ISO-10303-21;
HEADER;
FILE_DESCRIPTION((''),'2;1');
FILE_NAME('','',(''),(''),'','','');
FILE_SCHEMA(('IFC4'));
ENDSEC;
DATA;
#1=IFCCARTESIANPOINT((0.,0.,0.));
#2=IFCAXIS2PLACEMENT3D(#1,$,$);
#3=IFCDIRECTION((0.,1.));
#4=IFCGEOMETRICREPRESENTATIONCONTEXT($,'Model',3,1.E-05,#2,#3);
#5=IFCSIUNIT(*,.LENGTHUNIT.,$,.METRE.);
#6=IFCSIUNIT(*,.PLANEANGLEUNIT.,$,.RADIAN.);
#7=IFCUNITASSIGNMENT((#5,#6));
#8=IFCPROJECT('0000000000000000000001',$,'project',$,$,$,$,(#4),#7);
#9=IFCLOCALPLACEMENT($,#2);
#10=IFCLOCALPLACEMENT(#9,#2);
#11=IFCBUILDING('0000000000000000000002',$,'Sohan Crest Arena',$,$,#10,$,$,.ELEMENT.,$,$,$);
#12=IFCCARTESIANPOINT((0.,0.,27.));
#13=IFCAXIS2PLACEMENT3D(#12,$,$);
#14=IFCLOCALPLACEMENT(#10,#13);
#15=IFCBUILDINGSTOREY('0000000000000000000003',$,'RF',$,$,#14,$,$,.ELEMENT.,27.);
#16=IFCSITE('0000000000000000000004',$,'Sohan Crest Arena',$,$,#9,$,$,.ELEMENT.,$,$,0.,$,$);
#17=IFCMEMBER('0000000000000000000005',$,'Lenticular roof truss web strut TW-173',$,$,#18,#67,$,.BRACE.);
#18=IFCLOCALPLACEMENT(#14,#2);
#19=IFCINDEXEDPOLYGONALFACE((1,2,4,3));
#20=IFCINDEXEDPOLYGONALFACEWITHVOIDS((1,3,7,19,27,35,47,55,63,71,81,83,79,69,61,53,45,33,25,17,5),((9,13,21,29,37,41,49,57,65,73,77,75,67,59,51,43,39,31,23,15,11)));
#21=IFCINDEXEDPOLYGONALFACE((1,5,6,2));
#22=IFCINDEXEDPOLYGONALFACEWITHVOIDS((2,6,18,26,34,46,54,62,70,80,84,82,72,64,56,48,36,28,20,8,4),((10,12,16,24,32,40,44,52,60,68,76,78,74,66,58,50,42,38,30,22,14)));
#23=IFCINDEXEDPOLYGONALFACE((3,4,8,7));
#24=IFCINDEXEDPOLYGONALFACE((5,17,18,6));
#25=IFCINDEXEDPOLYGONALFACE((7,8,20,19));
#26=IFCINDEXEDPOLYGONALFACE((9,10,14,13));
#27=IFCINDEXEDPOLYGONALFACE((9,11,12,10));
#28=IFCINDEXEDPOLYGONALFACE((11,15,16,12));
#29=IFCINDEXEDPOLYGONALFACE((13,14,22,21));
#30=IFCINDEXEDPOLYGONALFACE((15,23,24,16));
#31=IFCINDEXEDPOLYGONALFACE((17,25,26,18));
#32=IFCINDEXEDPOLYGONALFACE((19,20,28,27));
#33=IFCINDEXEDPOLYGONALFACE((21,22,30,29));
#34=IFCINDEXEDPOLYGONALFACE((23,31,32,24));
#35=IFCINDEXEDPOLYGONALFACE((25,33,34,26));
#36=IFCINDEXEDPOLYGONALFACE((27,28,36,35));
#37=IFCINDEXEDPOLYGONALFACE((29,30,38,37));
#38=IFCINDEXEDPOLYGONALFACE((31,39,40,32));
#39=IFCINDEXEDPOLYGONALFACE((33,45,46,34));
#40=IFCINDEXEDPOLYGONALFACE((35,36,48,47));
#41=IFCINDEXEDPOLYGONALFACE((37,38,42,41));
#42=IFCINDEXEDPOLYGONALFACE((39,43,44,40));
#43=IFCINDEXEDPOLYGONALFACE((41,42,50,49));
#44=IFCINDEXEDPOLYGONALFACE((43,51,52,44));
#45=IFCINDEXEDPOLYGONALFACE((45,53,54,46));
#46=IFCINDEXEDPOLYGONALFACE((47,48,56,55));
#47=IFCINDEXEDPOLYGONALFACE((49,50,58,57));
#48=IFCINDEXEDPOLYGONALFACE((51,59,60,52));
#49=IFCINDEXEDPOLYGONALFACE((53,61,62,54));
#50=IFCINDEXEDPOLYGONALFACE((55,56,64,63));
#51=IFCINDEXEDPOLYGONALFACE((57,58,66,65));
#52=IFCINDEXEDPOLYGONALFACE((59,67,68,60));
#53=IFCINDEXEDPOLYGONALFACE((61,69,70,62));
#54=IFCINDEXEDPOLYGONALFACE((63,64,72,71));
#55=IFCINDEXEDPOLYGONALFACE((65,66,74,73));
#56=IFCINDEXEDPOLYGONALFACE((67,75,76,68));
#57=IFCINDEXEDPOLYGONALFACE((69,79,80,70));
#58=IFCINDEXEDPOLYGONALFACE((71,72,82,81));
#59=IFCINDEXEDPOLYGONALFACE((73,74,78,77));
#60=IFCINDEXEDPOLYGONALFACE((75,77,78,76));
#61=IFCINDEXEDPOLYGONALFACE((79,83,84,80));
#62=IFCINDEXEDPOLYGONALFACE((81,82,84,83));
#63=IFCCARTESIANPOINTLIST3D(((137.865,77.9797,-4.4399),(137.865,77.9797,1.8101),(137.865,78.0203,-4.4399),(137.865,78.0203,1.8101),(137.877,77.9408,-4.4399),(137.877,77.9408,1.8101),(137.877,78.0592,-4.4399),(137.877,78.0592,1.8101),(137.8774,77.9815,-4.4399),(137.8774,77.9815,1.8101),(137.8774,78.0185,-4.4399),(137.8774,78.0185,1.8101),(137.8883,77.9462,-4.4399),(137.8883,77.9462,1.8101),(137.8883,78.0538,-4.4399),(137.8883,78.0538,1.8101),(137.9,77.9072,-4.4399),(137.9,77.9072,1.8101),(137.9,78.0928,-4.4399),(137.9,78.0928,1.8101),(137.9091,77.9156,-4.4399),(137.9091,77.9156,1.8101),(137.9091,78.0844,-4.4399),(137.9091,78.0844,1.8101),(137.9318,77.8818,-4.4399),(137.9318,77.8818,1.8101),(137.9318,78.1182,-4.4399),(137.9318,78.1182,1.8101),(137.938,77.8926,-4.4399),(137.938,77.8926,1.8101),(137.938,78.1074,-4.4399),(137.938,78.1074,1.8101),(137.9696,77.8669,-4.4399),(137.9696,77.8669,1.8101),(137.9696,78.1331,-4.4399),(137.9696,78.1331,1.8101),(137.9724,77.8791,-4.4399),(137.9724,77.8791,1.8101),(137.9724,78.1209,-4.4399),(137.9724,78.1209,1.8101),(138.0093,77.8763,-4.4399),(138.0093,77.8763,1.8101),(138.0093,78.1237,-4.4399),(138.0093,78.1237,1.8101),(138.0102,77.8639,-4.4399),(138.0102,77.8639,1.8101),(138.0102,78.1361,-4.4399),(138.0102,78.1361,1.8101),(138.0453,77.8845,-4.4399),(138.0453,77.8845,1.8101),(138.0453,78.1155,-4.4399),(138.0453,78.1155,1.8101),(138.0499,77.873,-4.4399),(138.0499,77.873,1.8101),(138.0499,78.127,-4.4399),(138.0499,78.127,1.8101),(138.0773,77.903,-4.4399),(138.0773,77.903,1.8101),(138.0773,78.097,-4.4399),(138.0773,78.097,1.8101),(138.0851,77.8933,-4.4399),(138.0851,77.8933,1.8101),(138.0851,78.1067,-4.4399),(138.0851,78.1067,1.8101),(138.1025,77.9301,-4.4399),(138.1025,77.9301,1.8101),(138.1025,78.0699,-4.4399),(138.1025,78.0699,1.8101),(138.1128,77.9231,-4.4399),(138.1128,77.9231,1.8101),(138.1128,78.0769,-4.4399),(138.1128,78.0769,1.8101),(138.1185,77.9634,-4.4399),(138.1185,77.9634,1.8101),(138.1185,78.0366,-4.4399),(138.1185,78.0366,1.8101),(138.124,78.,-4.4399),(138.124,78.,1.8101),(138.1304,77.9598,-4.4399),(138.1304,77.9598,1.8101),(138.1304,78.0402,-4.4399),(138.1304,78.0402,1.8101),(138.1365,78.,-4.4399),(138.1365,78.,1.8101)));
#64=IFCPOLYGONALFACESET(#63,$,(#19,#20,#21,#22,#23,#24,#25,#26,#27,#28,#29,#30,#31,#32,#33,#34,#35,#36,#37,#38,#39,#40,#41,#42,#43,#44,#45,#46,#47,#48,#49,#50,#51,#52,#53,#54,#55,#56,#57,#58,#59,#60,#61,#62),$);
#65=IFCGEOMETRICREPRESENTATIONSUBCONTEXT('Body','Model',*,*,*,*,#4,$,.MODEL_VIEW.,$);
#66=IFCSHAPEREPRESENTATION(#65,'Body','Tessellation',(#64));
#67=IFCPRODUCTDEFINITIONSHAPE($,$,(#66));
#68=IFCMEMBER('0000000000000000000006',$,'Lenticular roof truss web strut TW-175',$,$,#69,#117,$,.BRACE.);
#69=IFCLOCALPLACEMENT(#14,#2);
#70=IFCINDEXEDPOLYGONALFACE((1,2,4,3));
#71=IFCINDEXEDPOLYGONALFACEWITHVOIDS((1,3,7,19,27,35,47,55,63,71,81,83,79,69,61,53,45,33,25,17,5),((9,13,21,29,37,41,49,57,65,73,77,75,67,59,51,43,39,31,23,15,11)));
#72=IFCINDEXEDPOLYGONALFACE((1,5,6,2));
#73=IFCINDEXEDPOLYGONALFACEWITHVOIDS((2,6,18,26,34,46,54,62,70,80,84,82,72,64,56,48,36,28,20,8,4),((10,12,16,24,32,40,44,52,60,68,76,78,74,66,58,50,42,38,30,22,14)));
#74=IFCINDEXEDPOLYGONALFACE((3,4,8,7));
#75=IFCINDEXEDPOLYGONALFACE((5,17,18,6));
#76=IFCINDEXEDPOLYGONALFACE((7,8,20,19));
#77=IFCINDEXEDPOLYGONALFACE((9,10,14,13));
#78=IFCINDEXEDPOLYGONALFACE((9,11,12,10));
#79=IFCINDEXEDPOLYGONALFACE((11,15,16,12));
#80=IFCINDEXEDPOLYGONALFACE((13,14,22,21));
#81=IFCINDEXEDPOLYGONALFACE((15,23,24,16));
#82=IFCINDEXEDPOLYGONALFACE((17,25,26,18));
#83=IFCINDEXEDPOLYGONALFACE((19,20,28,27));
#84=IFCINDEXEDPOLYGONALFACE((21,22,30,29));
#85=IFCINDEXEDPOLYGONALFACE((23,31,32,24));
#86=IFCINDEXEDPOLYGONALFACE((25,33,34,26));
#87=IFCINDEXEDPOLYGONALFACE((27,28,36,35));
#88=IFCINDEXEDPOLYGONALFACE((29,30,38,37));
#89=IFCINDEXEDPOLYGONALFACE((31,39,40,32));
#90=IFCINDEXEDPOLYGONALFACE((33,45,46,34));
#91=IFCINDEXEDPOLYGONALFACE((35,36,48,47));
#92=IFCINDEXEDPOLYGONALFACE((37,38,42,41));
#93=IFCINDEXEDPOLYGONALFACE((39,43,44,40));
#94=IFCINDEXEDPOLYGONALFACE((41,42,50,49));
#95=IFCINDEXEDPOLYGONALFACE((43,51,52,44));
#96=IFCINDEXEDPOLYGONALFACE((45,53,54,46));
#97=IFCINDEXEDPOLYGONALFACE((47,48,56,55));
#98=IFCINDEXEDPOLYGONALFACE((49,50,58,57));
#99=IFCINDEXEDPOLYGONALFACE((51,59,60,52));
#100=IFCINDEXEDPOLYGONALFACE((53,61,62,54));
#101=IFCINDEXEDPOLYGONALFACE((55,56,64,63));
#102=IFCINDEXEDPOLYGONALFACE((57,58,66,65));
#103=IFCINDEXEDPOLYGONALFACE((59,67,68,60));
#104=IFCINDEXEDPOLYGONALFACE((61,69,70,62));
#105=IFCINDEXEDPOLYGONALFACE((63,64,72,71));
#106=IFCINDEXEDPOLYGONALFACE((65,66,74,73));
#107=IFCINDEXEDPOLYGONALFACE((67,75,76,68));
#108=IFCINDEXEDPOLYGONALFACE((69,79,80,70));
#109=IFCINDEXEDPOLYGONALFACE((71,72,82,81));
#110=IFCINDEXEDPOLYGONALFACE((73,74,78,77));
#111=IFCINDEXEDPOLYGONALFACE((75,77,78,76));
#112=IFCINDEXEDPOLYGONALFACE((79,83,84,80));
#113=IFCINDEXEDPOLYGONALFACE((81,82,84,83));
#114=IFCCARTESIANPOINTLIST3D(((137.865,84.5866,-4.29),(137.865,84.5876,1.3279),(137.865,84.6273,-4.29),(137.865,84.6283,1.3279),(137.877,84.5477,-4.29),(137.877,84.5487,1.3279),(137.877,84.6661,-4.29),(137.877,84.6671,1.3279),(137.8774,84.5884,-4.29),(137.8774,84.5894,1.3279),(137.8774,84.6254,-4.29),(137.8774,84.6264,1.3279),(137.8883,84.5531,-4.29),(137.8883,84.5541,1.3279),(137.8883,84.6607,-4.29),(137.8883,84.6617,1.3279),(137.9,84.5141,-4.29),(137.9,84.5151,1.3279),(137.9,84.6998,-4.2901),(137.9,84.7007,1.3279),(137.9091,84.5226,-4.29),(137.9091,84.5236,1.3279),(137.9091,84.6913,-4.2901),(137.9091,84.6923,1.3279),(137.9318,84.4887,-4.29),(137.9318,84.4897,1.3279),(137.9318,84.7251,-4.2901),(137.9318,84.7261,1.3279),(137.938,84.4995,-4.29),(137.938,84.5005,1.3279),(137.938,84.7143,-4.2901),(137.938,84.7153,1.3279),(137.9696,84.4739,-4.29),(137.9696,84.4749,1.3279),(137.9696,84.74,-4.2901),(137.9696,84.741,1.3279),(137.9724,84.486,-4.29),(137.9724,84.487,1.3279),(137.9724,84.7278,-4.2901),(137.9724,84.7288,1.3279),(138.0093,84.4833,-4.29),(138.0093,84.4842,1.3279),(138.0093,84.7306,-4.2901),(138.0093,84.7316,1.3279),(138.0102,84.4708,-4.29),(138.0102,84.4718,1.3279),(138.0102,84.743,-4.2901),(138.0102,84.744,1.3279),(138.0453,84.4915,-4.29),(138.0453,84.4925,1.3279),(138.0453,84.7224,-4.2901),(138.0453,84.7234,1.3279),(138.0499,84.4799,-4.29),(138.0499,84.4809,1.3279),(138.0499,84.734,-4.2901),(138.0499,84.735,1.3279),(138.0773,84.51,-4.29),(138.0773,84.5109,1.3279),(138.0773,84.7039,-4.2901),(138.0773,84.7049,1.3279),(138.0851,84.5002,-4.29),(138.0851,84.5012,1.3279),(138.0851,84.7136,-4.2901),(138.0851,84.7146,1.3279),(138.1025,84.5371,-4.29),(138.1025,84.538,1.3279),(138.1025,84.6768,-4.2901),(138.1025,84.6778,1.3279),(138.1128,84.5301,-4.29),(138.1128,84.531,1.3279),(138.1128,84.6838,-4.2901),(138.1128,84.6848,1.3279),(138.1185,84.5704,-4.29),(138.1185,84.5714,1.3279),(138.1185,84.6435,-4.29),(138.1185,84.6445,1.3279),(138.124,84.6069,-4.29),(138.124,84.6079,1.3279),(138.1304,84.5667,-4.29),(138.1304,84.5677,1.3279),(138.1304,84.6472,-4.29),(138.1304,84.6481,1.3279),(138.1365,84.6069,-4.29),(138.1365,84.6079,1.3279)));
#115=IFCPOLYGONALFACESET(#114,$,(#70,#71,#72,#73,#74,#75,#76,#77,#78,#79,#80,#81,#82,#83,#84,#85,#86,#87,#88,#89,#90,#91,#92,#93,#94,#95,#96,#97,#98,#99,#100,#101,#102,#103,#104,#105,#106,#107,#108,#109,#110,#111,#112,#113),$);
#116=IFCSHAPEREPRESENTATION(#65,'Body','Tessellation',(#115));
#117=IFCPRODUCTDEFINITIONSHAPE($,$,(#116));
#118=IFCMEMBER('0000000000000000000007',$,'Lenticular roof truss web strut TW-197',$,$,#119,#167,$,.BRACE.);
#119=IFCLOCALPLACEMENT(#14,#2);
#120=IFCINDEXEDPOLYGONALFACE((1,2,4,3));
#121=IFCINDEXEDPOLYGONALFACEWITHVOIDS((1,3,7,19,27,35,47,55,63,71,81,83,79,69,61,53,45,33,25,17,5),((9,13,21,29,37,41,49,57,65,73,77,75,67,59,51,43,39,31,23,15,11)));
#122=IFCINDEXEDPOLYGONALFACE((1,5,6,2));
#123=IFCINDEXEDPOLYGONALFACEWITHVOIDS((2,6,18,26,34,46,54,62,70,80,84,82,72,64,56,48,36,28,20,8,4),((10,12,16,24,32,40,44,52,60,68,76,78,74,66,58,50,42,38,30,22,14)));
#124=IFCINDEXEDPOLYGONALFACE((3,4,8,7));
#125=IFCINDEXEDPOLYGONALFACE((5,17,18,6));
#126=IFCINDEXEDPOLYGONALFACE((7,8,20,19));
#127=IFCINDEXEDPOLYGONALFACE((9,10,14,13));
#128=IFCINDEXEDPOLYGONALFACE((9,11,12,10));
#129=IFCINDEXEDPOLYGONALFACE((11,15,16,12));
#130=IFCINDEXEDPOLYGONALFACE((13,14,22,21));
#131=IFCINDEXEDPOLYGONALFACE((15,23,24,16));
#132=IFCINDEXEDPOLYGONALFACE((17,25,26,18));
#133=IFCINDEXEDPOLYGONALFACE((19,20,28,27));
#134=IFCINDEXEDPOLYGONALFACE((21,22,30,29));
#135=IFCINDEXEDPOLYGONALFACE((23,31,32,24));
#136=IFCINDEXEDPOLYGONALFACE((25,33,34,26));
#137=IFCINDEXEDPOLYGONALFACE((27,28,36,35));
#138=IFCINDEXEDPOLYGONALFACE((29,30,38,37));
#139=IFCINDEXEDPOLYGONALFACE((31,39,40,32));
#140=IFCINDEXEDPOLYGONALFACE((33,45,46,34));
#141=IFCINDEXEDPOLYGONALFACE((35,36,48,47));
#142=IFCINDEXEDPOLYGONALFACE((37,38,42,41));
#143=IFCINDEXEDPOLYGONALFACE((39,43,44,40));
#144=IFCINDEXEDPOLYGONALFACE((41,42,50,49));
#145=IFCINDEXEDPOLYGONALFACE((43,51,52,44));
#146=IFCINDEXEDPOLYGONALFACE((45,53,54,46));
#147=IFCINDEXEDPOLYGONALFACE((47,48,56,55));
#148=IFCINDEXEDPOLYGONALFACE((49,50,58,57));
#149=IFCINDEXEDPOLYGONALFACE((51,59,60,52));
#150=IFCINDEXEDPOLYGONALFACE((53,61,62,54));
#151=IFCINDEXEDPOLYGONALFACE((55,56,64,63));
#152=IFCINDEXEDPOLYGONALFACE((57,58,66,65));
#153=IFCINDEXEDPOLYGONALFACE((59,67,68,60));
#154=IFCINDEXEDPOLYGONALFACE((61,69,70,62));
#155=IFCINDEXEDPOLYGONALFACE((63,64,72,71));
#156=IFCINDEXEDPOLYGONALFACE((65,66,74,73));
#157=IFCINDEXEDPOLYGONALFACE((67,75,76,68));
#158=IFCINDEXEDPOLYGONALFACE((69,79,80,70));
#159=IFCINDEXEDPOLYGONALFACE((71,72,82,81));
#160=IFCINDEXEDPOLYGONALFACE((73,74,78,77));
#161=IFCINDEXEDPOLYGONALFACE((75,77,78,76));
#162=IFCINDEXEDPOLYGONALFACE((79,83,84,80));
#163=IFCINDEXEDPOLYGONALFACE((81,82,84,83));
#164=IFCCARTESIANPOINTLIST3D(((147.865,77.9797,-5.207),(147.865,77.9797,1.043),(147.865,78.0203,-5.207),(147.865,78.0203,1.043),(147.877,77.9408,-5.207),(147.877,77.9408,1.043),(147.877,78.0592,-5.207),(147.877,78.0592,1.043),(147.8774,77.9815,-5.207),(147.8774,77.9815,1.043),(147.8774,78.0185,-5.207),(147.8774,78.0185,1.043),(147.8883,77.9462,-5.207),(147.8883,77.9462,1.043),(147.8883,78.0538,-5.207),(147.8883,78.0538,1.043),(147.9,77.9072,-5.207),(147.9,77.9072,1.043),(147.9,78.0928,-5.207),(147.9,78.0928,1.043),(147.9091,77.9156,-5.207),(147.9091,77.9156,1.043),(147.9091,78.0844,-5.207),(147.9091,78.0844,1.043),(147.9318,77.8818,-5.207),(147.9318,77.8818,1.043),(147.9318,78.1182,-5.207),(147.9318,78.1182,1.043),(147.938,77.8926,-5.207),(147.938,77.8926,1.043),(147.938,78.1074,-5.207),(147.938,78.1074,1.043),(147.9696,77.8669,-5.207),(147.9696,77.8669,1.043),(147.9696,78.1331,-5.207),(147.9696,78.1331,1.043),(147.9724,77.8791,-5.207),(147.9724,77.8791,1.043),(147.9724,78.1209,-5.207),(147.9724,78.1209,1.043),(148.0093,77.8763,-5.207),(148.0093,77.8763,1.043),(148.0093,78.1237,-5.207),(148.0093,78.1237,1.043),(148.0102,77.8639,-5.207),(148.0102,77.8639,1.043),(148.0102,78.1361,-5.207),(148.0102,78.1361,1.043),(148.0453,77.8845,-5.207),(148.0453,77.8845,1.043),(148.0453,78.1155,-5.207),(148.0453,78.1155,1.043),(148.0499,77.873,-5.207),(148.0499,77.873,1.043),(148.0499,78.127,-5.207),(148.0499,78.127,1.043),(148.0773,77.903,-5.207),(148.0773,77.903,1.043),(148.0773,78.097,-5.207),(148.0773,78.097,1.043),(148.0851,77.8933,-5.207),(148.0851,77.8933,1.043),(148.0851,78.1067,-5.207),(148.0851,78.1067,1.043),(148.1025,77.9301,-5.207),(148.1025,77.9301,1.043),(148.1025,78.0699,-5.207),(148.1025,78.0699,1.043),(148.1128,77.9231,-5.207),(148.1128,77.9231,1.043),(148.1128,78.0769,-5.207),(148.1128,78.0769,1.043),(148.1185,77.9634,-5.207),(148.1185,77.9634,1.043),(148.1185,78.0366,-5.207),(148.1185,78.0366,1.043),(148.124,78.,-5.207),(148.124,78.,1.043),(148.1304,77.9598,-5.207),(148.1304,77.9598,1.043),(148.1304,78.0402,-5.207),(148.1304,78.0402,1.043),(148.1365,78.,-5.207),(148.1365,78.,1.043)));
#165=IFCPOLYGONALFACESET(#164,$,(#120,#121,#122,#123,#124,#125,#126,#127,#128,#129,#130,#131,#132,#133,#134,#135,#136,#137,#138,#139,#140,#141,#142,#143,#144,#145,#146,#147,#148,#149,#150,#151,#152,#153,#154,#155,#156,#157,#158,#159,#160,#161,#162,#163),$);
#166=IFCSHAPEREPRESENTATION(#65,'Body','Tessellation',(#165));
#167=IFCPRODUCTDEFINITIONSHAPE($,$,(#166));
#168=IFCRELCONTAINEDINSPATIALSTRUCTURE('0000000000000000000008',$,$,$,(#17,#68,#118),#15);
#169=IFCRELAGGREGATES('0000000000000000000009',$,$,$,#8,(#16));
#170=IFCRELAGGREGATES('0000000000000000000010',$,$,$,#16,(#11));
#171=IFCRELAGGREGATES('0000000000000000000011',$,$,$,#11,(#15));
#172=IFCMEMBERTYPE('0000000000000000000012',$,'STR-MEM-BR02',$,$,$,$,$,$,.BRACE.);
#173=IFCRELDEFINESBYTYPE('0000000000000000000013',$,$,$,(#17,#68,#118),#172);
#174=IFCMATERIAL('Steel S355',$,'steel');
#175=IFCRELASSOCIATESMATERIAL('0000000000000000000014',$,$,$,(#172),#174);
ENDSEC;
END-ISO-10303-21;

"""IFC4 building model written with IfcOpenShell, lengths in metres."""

from ifc_helpers import new_model, si_unit, direction, frame, origin, origin_2d, place, context, subcontext, project, spatial, hollow_circle, extrude, material, material_profile, profile_set, type_object, element, save


model = new_model("IFC4")

# Units and contexts
model_context = context("Model", 3, precision=1e-05, world=origin(), true_north=direction((0.0, 1.0)))
body_context = subcontext(model_context, "Body", "Model", "MODEL_VIEW")
ifc_project = project(units=[si_unit("LENGTHUNIT", "METRE"), si_unit("PLANEANGLEUNIT", "RADIAN")], contexts=[model_context])

# Site, building, storey
site_placement = place(None, origin())
site = spatial("IfcSite", under=ifc_project, at=site_placement, Name="Sohan Crest Arena", CompositionType="ELEMENT", RefElevation=0.0)
building_placement = place(site_placement, origin())
building = spatial("IfcBuilding", under=site, at=building_placement, Name="Sohan Crest Arena", CompositionType="ELEMENT")
storey_placement = place(building_placement, frame((0.0, 0.0, 27.0)))
storey = spatial("IfcBuildingStorey", under=building, at=storey_placement, Name="RF", CompositionType="ELEMENT", Elevation=27.0)

# Shared definitions
ifc_material_1 = material(Name="Steel S355", Category="steel")

# Members
ifc_material_profile_1 = material_profile(ifc_material_1, hollow_circle(Radius=0.1365, WallThickness=0.0125, at=origin_2d()), Name="CHS 273x12.5")
ifc_profile_set_1 = profile_set([ifc_material_profile_1], Name="Steel S355")
member_type_1 = type_object("IfcMemberType", Name="STR-MEM-BR02", PredefinedType="BRACE", material=ifc_profile_set_1)
member_1_placement = place(storey_placement, frame((138.0, 78.0, -4.4399), z_axis=(0.0, 0.0, 1.0), x_axis=(1.0, 0.0, 0.0)))
element("IfcMember", 1, at=member_1_placement, inside=storey, type_object=member_type_1, Name="Lenticular roof truss web strut TW-173", PredefinedType="BRACE", context=body_context, shape_type="SweptSolid", body=[
    extrude(hollow_circle(Radius=0.1365, WallThickness=0.0125, at=origin_2d()), origin(), (0.0, 0.0, 1.0), 6.25),
])
member_2_placement = place(storey_placement, frame((138.0, 84.6069, -4.29), z_axis=(0.0, 0.000174, 1.0), x_axis=(1.0, 0.0, 0.0)))
element("IfcMember", 2, at=member_2_placement, inside=storey, type_object=member_type_1, Name="Lenticular roof truss web strut TW-175", PredefinedType="BRACE", context=body_context, shape_type="SweptSolid", body=[
    extrude(hollow_circle(Radius=0.1365, WallThickness=0.0125, at=origin_2d()), origin(), (0.0, 0.0, 1.0), 5.6179),
])
member_3_placement = place(storey_placement, frame((148.0, 78.0, -5.207), z_axis=(0.0, 0.0, 1.0), x_axis=(1.0, 0.0, 0.0)))
element("IfcMember", 3, at=member_3_placement, inside=storey, type_object=member_type_1, Name="Lenticular roof truss web strut TW-197", PredefinedType="BRACE", context=body_context, shape_type="SweptSolid", body=[
    extrude(hollow_circle(Radius=0.1365, WallThickness=0.0125, at=origin_2d()), origin(), (0.0, 0.0, 1.0), 6.25),
])

save(model, "model.ifc")
